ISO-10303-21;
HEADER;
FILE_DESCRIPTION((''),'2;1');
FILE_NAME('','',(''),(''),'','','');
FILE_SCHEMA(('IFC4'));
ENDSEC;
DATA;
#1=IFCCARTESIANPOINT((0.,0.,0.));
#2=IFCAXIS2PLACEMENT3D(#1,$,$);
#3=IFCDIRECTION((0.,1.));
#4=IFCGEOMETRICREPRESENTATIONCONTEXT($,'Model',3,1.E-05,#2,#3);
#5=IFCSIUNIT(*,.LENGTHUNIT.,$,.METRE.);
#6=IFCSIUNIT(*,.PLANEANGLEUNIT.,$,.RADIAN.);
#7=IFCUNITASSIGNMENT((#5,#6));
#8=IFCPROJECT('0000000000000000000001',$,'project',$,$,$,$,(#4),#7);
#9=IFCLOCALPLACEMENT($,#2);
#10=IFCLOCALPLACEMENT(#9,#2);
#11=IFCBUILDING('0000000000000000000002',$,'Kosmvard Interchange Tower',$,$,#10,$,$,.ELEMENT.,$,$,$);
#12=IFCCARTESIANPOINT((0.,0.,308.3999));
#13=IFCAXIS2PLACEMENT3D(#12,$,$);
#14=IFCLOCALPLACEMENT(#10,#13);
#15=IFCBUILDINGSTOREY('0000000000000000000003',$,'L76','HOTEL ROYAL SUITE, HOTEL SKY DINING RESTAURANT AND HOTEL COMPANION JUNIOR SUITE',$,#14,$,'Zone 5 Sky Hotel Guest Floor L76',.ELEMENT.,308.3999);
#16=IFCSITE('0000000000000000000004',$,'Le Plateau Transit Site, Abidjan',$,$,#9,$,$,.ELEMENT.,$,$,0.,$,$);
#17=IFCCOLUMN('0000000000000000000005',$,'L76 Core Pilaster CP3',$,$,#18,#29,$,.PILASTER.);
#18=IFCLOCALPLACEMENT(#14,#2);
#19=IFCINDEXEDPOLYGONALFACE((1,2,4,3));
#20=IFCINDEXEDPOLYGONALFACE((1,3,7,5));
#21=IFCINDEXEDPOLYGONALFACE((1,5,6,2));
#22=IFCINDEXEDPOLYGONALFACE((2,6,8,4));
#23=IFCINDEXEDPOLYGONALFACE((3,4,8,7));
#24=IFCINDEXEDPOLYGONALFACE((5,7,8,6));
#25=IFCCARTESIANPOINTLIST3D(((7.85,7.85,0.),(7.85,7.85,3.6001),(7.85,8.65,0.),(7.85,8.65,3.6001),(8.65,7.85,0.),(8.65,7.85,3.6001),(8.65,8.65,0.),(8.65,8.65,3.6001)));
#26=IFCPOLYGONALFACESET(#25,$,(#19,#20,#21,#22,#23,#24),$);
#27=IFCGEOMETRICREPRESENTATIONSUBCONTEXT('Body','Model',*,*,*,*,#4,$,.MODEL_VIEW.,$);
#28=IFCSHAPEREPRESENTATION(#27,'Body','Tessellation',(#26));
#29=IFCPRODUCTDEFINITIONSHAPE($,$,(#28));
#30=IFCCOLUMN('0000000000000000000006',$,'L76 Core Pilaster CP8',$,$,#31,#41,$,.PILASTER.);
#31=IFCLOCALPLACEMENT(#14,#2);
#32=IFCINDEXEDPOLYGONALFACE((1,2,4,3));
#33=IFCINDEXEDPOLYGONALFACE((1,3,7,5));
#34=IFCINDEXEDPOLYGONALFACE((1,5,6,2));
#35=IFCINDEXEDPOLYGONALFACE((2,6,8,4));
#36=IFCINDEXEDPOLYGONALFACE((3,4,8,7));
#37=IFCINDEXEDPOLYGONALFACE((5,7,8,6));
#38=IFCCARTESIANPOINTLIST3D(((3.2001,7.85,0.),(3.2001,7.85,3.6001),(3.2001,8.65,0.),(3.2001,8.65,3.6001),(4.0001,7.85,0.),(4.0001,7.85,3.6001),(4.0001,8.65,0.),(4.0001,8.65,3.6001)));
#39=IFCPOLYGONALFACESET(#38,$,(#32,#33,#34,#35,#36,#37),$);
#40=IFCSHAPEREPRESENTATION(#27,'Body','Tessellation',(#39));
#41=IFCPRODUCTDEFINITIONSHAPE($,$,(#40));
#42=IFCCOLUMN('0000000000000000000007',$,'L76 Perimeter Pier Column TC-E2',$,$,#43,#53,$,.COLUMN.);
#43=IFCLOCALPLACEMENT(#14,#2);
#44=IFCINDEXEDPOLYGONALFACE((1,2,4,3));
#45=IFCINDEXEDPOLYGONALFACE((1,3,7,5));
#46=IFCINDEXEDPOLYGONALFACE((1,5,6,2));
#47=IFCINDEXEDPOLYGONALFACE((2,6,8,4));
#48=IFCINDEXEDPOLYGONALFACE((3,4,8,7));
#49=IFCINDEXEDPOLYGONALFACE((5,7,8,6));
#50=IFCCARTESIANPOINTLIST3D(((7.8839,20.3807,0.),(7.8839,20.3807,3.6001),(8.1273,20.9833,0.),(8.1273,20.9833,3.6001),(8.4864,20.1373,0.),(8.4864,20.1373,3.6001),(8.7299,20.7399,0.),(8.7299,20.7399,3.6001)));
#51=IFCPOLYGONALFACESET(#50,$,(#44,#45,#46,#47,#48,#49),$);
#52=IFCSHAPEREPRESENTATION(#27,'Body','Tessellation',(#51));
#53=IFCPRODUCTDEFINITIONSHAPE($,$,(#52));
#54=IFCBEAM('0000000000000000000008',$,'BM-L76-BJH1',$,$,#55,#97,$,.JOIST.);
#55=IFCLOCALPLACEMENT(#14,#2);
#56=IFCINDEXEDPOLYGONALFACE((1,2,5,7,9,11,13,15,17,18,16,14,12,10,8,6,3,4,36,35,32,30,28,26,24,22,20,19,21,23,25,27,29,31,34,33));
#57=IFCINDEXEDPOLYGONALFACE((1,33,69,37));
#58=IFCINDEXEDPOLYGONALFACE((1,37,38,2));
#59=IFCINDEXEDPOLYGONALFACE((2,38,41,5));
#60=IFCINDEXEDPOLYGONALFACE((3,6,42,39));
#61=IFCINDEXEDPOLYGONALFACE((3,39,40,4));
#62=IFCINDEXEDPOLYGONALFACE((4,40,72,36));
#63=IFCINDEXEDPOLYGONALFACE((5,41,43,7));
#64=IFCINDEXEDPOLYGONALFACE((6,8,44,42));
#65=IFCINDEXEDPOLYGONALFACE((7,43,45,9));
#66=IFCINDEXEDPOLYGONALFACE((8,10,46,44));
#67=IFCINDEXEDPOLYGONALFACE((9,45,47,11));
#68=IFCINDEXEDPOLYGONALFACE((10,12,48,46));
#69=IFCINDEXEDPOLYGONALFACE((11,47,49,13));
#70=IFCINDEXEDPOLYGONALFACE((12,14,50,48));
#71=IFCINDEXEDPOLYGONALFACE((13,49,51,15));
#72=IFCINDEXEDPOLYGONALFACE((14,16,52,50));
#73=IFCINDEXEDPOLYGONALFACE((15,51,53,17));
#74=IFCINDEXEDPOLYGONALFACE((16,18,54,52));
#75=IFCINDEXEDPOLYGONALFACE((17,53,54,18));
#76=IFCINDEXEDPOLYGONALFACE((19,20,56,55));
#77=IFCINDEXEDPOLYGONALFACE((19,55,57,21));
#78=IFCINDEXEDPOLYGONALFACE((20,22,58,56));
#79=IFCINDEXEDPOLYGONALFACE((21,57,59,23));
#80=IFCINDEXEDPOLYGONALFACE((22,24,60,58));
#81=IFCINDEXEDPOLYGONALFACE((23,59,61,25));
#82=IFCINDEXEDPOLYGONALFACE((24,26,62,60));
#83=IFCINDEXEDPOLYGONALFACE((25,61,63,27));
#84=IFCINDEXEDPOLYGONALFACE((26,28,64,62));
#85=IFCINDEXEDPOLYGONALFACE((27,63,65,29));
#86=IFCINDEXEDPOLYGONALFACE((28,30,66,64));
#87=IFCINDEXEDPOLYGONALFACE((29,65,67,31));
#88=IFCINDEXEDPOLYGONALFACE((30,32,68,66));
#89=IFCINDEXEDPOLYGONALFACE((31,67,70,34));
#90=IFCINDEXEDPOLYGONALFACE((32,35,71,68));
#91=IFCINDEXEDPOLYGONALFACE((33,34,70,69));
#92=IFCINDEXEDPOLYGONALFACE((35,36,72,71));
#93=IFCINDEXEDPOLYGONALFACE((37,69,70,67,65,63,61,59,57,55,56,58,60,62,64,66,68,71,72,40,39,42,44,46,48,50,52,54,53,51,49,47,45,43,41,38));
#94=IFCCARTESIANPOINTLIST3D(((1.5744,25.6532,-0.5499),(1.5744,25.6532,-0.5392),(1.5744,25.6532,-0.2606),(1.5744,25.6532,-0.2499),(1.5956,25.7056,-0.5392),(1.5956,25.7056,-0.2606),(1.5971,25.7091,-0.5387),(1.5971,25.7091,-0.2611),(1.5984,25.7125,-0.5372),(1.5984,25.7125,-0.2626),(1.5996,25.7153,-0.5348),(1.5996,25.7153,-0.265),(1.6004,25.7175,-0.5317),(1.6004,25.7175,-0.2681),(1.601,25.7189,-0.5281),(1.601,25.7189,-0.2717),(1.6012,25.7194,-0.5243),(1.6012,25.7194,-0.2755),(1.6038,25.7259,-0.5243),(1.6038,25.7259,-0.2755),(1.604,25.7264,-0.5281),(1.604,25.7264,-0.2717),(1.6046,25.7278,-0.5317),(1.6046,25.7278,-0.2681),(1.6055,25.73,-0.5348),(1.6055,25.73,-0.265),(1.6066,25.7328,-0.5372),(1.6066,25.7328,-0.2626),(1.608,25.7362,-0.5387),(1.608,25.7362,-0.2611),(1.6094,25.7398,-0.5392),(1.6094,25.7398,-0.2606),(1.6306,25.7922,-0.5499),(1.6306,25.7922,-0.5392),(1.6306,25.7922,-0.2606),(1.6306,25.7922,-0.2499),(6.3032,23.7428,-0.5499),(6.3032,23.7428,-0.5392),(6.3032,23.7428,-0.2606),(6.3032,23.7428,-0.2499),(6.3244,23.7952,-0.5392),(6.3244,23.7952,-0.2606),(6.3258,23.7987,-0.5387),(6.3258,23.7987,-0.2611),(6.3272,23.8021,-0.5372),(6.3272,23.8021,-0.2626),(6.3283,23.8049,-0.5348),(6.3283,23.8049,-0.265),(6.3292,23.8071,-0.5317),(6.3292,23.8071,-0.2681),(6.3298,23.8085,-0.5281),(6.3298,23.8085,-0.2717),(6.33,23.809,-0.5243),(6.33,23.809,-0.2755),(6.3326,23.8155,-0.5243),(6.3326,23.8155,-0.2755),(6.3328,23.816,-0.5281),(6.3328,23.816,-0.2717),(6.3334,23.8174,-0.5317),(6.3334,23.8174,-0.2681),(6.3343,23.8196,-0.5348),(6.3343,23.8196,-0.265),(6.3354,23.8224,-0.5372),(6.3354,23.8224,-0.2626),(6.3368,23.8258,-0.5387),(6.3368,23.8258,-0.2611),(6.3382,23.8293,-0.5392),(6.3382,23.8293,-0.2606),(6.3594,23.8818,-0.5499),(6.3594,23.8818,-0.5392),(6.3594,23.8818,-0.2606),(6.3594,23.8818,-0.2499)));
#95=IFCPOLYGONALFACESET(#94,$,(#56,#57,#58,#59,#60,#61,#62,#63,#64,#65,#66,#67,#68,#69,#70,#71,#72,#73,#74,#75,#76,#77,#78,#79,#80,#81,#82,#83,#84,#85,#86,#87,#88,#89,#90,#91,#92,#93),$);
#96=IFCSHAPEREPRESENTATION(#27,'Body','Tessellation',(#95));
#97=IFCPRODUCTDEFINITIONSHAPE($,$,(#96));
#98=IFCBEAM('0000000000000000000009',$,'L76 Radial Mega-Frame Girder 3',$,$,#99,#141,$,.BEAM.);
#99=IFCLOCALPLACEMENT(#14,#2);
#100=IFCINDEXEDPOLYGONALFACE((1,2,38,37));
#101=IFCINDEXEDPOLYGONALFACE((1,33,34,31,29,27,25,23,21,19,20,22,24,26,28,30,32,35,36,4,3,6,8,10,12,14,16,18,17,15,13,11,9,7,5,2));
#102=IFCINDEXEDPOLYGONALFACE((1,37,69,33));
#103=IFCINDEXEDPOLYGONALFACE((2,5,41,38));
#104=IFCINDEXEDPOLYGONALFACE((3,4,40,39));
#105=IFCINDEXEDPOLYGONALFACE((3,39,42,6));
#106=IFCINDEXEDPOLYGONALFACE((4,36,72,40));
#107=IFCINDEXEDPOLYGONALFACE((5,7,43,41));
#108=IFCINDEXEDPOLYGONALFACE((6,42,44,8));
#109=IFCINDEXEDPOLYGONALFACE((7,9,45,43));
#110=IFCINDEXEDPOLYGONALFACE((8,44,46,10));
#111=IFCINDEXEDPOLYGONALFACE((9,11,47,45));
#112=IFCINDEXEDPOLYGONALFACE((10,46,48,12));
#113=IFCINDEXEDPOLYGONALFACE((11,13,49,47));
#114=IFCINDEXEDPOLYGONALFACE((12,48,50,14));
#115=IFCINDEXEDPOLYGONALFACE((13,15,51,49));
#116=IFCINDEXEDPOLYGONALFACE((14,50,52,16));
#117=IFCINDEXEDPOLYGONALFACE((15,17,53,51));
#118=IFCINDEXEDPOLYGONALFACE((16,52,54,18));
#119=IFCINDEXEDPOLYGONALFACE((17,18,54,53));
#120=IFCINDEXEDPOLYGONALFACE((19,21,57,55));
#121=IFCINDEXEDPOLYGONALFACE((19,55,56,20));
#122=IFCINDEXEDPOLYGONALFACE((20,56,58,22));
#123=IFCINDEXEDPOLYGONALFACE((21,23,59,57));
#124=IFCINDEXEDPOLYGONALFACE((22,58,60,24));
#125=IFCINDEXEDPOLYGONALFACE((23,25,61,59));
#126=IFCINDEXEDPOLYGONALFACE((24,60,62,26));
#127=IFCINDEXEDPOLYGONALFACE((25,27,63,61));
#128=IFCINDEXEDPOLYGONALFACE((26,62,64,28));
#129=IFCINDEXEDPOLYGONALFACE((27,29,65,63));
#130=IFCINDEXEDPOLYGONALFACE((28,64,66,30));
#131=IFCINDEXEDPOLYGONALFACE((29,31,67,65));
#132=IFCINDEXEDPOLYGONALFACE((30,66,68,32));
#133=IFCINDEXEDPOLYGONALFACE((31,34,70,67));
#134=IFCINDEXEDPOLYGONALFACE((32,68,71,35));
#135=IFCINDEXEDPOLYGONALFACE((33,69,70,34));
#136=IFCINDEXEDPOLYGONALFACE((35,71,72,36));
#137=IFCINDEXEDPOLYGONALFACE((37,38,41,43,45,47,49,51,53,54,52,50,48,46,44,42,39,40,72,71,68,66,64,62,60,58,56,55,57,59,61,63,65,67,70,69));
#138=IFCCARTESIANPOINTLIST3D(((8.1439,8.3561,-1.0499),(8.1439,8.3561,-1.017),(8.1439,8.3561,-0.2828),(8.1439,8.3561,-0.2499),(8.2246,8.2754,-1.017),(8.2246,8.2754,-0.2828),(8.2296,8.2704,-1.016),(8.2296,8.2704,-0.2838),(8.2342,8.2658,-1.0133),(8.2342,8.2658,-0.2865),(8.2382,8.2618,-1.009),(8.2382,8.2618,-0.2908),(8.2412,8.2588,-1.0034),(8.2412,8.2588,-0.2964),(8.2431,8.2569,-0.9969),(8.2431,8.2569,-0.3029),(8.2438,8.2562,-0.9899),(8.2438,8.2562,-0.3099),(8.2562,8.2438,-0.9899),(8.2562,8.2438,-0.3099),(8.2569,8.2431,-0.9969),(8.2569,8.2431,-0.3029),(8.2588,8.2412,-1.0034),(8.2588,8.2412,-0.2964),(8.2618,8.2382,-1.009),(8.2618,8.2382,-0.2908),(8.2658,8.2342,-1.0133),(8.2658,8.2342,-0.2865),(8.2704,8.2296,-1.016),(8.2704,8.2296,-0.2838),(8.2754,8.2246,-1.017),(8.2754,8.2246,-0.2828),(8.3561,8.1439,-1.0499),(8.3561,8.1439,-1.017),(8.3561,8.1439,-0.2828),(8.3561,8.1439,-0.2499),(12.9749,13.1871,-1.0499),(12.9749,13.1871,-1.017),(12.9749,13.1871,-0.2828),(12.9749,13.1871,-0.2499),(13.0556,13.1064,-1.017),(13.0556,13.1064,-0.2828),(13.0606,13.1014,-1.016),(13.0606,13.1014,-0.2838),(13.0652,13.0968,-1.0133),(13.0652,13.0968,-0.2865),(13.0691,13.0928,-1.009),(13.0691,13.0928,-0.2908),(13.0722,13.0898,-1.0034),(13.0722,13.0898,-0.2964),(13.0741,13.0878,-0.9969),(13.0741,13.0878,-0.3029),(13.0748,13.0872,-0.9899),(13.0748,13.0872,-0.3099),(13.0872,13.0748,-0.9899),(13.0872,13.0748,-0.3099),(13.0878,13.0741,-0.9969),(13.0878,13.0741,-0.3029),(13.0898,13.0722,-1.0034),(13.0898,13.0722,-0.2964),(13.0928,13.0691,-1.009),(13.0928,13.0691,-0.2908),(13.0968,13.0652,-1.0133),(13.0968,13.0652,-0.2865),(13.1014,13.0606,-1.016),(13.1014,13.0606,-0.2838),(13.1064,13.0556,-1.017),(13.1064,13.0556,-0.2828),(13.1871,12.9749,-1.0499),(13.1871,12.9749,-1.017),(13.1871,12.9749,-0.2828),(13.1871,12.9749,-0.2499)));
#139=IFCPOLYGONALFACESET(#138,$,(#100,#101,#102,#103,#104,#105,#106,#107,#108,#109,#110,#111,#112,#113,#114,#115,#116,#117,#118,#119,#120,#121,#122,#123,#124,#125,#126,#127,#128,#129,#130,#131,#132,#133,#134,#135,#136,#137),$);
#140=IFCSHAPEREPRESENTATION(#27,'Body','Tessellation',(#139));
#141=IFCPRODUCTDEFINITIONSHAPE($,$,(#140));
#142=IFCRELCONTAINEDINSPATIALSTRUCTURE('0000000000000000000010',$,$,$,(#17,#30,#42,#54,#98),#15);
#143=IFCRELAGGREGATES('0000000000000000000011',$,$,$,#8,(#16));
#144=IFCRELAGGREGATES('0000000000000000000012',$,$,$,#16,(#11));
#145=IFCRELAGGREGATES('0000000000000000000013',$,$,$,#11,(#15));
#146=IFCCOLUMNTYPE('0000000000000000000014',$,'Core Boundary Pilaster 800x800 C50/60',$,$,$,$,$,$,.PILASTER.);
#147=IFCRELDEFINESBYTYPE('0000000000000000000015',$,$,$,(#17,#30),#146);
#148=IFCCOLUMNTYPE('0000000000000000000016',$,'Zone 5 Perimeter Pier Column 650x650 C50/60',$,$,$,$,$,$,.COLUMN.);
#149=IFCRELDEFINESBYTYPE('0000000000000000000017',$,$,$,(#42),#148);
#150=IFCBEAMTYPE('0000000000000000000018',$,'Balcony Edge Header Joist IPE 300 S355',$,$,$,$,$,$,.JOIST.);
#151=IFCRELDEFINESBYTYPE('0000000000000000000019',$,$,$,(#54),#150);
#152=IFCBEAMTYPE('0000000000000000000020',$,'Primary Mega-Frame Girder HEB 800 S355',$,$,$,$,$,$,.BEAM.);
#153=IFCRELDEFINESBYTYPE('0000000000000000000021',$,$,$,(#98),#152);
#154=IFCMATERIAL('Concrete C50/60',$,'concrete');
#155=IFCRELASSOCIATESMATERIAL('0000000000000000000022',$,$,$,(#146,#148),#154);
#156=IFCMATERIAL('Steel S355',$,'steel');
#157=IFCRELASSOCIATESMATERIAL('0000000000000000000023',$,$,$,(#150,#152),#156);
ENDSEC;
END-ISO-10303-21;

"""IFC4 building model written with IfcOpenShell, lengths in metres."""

from ifc_helpers import new_model, si_unit, direction, frame, origin, origin_2d, place, context, subcontext, project, spatial, rectangle, i_section, extrude, source, transform, mapped, material, material_profile, profile_set, type_object, element, save


model = new_model("IFC4")

# Units and contexts
model_context = context("Model", 3, precision=1e-05, world=origin(), true_north=direction((0.0, 1.0)))
body_context = subcontext(model_context, "Body", "Model", "MODEL_VIEW")
ifc_project = project(units=[si_unit("LENGTHUNIT", "METRE"), si_unit("PLANEANGLEUNIT", "RADIAN")], contexts=[model_context])

# Site, building, storey
site_placement = place(None, origin())
site = spatial("IfcSite", under=ifc_project, at=site_placement, Name="Le Plateau Transit Site, Abidjan", CompositionType="ELEMENT", RefElevation=0.0)
building_placement = place(site_placement, origin())
building = spatial("IfcBuilding", under=site, at=building_placement, Name="Kosmvard Interchange Tower", CompositionType="ELEMENT")
storey_placement = place(building_placement, frame((0.0, 0.0, 308.3999)))
storey = spatial("IfcBuildingStorey", under=building, at=storey_placement, Name="L76", Description="HOTEL ROYAL SUITE, HOTEL SKY DINING RESTAURANT AND HOTEL COMPANION JUNIOR SUITE", LongName="Zone 5 Sky Hotel Guest Floor L76", CompositionType="ELEMENT", Elevation=308.3999)

# Columns
ifc_material_1 = material(Name="Concrete C50/60", Category="concrete")
ifc_material_profile_1 = material_profile(ifc_material_1, rectangle(XDim=0.8, YDim=0.8, at=origin_2d()), Name="CP 800x800")
ifc_profile_set_1 = profile_set([ifc_material_profile_1], Name="Concrete C50/60")
column_type_1 = type_object("IfcColumnType", Name="Core Boundary Pilaster 800x800 C50/60", PredefinedType="PILASTER", material=ifc_profile_set_1)
shared_shape_1 = source(origin(), body_context, "Body", "SweptSolid", [
    extrude(rectangle(XDim=0.8, YDim=0.8, at=origin_2d()), origin(), (0.0, 0.0, 1.0), 3.6001),
])
for number, where, z_axis, x_axis, name in (
    (1, (8.25, 8.25, 0.0), (0.0, 0.0, 1.0), (1.0, 0.0, 0.0), "L76 Core Pilaster CP3"),
    (2, (3.6001, 8.25, 0.0), (0.0, 0.0, 1.0), (1.0, 0.0, 0.0), "L76 Core Pilaster CP8"),
):
    element("IfcColumn", number, at=place(storey_placement, frame(where, z_axis=z_axis, x_axis=x_axis)), inside=storey, type_object=column_type_1, Name=name, PredefinedType="PILASTER", context=body_context, shape_type="MappedRepresentation", body=[
        mapped(shared_shape_1, transform((0.0, 0.0, 0.0), scale=1.0)),
    ])
ifc_material_profile_2 = material_profile(ifc_material_1, rectangle(XDim=0.6499, YDim=0.6499, at=origin_2d()), Name="TC 650x650")
ifc_profile_set_2 = profile_set([ifc_material_profile_2], Name="Concrete C50/60")
column_type_2 = type_object("IfcColumnType", Name="Zone 5 Perimeter Pier Column 650x650 C50/60", PredefinedType="COLUMN", material=ifc_profile_set_2)
shared_shape_2 = source(origin(), body_context, "Body", "SweptSolid", [
    extrude(rectangle(XDim=0.6499, YDim=0.6499, at=origin_2d()), origin(), (0.0, 0.0, 1.0), 3.6001),
])
column_placement = place(storey_placement, frame((8.3069, 20.5603, 0.0), z_axis=(0.0, 0.0, 1.0), x_axis=(0.374607, 0.927184, 0.0)))
element("IfcColumn", 3, at=column_placement, inside=storey, type_object=column_type_2, Name="L76 Perimeter Pier Column TC-E2", PredefinedType="COLUMN", context=body_context, shape_type="MappedRepresentation", body=[
    mapped(shared_shape_2, transform((0.0, 0.0, 0.0), scale=1.0)),
])

# Beams
ifc_material_2 = material(Name="Steel S355", Category="steel")
ifc_material_profile_3 = material_profile(ifc_material_2, i_section(OverallWidth=0.1499, OverallDepth=0.3, WebThickness=0.0071, FlangeThickness=0.0107, FilletRadius=0.0149, at=origin_2d()), Name="IPE 300")
ifc_profile_set_3 = profile_set([ifc_material_profile_3], Name="Steel S355")
beam_type_1 = type_object("IfcBeamType", Name="Balcony Edge Header Joist IPE 300 S355", PredefinedType="JOIST", material=ifc_profile_set_3)
shared_shape_3 = source(origin(), body_context, "Body", "SweptSolid", [
    extrude(i_section(OverallWidth=0.1499, OverallDepth=0.3, WebThickness=0.0071, FlangeThickness=0.0107, FilletRadius=0.0149, at=origin_2d()), origin(), (0.0, 0.0, 1.0), 5.1001),
])
beam_1_placement = place(storey_placement, frame((6.3313, 23.8123, -0.3999), z_axis=(-0.927194, 0.374583, 0.0), x_axis=(-0.374583, -0.927194, 0.0)))
element("IfcBeam", 4, at=beam_1_placement, inside=storey, type_object=beam_type_1, Name="BM-L76-BJH1", PredefinedType="JOIST", context=body_context, shape_type="MappedRepresentation", body=[
    mapped(shared_shape_3, transform((0.0, 0.0, 0.0), scale=1.0)),
])
ifc_material_profile_4 = material_profile(ifc_material_2, i_section(OverallWidth=0.3, OverallDepth=0.8, WebThickness=0.0176, FlangeThickness=0.033, FilletRadius=0.0271, at=origin_2d()), Name="HEB 800")
ifc_profile_set_4 = profile_set([ifc_material_profile_4], Name="Steel S355")
beam_type_2 = type_object("IfcBeamType", Name="Primary Mega-Frame Girder HEB 800 S355", PredefinedType="BEAM", material=ifc_profile_set_4)
shared_shape_4 = source(origin(), body_context, "Body", "SweptSolid", [
    extrude(i_section(OverallWidth=0.3, OverallDepth=0.8, WebThickness=0.0176, FlangeThickness=0.033, FilletRadius=0.0271, at=origin_2d()), origin(), (0.0, 0.0, 1.0), 6.832),
])
beam_2_placement = place(storey_placement, frame((8.25, 8.25, -0.6499), z_axis=(0.707107, 0.707107, 0.0), x_axis=(-0.707107, 0.707107, 0.0)))
element("IfcBeam", 5, at=beam_2_placement, inside=storey, type_object=beam_type_2, Name="L76 Radial Mega-Frame Girder 3", PredefinedType="BEAM", context=body_context, shape_type="MappedRepresentation", body=[
    mapped(shared_shape_4, transform((0.0, 0.0, 0.0), scale=1.0)),
])

save(model, "model.ifc")
